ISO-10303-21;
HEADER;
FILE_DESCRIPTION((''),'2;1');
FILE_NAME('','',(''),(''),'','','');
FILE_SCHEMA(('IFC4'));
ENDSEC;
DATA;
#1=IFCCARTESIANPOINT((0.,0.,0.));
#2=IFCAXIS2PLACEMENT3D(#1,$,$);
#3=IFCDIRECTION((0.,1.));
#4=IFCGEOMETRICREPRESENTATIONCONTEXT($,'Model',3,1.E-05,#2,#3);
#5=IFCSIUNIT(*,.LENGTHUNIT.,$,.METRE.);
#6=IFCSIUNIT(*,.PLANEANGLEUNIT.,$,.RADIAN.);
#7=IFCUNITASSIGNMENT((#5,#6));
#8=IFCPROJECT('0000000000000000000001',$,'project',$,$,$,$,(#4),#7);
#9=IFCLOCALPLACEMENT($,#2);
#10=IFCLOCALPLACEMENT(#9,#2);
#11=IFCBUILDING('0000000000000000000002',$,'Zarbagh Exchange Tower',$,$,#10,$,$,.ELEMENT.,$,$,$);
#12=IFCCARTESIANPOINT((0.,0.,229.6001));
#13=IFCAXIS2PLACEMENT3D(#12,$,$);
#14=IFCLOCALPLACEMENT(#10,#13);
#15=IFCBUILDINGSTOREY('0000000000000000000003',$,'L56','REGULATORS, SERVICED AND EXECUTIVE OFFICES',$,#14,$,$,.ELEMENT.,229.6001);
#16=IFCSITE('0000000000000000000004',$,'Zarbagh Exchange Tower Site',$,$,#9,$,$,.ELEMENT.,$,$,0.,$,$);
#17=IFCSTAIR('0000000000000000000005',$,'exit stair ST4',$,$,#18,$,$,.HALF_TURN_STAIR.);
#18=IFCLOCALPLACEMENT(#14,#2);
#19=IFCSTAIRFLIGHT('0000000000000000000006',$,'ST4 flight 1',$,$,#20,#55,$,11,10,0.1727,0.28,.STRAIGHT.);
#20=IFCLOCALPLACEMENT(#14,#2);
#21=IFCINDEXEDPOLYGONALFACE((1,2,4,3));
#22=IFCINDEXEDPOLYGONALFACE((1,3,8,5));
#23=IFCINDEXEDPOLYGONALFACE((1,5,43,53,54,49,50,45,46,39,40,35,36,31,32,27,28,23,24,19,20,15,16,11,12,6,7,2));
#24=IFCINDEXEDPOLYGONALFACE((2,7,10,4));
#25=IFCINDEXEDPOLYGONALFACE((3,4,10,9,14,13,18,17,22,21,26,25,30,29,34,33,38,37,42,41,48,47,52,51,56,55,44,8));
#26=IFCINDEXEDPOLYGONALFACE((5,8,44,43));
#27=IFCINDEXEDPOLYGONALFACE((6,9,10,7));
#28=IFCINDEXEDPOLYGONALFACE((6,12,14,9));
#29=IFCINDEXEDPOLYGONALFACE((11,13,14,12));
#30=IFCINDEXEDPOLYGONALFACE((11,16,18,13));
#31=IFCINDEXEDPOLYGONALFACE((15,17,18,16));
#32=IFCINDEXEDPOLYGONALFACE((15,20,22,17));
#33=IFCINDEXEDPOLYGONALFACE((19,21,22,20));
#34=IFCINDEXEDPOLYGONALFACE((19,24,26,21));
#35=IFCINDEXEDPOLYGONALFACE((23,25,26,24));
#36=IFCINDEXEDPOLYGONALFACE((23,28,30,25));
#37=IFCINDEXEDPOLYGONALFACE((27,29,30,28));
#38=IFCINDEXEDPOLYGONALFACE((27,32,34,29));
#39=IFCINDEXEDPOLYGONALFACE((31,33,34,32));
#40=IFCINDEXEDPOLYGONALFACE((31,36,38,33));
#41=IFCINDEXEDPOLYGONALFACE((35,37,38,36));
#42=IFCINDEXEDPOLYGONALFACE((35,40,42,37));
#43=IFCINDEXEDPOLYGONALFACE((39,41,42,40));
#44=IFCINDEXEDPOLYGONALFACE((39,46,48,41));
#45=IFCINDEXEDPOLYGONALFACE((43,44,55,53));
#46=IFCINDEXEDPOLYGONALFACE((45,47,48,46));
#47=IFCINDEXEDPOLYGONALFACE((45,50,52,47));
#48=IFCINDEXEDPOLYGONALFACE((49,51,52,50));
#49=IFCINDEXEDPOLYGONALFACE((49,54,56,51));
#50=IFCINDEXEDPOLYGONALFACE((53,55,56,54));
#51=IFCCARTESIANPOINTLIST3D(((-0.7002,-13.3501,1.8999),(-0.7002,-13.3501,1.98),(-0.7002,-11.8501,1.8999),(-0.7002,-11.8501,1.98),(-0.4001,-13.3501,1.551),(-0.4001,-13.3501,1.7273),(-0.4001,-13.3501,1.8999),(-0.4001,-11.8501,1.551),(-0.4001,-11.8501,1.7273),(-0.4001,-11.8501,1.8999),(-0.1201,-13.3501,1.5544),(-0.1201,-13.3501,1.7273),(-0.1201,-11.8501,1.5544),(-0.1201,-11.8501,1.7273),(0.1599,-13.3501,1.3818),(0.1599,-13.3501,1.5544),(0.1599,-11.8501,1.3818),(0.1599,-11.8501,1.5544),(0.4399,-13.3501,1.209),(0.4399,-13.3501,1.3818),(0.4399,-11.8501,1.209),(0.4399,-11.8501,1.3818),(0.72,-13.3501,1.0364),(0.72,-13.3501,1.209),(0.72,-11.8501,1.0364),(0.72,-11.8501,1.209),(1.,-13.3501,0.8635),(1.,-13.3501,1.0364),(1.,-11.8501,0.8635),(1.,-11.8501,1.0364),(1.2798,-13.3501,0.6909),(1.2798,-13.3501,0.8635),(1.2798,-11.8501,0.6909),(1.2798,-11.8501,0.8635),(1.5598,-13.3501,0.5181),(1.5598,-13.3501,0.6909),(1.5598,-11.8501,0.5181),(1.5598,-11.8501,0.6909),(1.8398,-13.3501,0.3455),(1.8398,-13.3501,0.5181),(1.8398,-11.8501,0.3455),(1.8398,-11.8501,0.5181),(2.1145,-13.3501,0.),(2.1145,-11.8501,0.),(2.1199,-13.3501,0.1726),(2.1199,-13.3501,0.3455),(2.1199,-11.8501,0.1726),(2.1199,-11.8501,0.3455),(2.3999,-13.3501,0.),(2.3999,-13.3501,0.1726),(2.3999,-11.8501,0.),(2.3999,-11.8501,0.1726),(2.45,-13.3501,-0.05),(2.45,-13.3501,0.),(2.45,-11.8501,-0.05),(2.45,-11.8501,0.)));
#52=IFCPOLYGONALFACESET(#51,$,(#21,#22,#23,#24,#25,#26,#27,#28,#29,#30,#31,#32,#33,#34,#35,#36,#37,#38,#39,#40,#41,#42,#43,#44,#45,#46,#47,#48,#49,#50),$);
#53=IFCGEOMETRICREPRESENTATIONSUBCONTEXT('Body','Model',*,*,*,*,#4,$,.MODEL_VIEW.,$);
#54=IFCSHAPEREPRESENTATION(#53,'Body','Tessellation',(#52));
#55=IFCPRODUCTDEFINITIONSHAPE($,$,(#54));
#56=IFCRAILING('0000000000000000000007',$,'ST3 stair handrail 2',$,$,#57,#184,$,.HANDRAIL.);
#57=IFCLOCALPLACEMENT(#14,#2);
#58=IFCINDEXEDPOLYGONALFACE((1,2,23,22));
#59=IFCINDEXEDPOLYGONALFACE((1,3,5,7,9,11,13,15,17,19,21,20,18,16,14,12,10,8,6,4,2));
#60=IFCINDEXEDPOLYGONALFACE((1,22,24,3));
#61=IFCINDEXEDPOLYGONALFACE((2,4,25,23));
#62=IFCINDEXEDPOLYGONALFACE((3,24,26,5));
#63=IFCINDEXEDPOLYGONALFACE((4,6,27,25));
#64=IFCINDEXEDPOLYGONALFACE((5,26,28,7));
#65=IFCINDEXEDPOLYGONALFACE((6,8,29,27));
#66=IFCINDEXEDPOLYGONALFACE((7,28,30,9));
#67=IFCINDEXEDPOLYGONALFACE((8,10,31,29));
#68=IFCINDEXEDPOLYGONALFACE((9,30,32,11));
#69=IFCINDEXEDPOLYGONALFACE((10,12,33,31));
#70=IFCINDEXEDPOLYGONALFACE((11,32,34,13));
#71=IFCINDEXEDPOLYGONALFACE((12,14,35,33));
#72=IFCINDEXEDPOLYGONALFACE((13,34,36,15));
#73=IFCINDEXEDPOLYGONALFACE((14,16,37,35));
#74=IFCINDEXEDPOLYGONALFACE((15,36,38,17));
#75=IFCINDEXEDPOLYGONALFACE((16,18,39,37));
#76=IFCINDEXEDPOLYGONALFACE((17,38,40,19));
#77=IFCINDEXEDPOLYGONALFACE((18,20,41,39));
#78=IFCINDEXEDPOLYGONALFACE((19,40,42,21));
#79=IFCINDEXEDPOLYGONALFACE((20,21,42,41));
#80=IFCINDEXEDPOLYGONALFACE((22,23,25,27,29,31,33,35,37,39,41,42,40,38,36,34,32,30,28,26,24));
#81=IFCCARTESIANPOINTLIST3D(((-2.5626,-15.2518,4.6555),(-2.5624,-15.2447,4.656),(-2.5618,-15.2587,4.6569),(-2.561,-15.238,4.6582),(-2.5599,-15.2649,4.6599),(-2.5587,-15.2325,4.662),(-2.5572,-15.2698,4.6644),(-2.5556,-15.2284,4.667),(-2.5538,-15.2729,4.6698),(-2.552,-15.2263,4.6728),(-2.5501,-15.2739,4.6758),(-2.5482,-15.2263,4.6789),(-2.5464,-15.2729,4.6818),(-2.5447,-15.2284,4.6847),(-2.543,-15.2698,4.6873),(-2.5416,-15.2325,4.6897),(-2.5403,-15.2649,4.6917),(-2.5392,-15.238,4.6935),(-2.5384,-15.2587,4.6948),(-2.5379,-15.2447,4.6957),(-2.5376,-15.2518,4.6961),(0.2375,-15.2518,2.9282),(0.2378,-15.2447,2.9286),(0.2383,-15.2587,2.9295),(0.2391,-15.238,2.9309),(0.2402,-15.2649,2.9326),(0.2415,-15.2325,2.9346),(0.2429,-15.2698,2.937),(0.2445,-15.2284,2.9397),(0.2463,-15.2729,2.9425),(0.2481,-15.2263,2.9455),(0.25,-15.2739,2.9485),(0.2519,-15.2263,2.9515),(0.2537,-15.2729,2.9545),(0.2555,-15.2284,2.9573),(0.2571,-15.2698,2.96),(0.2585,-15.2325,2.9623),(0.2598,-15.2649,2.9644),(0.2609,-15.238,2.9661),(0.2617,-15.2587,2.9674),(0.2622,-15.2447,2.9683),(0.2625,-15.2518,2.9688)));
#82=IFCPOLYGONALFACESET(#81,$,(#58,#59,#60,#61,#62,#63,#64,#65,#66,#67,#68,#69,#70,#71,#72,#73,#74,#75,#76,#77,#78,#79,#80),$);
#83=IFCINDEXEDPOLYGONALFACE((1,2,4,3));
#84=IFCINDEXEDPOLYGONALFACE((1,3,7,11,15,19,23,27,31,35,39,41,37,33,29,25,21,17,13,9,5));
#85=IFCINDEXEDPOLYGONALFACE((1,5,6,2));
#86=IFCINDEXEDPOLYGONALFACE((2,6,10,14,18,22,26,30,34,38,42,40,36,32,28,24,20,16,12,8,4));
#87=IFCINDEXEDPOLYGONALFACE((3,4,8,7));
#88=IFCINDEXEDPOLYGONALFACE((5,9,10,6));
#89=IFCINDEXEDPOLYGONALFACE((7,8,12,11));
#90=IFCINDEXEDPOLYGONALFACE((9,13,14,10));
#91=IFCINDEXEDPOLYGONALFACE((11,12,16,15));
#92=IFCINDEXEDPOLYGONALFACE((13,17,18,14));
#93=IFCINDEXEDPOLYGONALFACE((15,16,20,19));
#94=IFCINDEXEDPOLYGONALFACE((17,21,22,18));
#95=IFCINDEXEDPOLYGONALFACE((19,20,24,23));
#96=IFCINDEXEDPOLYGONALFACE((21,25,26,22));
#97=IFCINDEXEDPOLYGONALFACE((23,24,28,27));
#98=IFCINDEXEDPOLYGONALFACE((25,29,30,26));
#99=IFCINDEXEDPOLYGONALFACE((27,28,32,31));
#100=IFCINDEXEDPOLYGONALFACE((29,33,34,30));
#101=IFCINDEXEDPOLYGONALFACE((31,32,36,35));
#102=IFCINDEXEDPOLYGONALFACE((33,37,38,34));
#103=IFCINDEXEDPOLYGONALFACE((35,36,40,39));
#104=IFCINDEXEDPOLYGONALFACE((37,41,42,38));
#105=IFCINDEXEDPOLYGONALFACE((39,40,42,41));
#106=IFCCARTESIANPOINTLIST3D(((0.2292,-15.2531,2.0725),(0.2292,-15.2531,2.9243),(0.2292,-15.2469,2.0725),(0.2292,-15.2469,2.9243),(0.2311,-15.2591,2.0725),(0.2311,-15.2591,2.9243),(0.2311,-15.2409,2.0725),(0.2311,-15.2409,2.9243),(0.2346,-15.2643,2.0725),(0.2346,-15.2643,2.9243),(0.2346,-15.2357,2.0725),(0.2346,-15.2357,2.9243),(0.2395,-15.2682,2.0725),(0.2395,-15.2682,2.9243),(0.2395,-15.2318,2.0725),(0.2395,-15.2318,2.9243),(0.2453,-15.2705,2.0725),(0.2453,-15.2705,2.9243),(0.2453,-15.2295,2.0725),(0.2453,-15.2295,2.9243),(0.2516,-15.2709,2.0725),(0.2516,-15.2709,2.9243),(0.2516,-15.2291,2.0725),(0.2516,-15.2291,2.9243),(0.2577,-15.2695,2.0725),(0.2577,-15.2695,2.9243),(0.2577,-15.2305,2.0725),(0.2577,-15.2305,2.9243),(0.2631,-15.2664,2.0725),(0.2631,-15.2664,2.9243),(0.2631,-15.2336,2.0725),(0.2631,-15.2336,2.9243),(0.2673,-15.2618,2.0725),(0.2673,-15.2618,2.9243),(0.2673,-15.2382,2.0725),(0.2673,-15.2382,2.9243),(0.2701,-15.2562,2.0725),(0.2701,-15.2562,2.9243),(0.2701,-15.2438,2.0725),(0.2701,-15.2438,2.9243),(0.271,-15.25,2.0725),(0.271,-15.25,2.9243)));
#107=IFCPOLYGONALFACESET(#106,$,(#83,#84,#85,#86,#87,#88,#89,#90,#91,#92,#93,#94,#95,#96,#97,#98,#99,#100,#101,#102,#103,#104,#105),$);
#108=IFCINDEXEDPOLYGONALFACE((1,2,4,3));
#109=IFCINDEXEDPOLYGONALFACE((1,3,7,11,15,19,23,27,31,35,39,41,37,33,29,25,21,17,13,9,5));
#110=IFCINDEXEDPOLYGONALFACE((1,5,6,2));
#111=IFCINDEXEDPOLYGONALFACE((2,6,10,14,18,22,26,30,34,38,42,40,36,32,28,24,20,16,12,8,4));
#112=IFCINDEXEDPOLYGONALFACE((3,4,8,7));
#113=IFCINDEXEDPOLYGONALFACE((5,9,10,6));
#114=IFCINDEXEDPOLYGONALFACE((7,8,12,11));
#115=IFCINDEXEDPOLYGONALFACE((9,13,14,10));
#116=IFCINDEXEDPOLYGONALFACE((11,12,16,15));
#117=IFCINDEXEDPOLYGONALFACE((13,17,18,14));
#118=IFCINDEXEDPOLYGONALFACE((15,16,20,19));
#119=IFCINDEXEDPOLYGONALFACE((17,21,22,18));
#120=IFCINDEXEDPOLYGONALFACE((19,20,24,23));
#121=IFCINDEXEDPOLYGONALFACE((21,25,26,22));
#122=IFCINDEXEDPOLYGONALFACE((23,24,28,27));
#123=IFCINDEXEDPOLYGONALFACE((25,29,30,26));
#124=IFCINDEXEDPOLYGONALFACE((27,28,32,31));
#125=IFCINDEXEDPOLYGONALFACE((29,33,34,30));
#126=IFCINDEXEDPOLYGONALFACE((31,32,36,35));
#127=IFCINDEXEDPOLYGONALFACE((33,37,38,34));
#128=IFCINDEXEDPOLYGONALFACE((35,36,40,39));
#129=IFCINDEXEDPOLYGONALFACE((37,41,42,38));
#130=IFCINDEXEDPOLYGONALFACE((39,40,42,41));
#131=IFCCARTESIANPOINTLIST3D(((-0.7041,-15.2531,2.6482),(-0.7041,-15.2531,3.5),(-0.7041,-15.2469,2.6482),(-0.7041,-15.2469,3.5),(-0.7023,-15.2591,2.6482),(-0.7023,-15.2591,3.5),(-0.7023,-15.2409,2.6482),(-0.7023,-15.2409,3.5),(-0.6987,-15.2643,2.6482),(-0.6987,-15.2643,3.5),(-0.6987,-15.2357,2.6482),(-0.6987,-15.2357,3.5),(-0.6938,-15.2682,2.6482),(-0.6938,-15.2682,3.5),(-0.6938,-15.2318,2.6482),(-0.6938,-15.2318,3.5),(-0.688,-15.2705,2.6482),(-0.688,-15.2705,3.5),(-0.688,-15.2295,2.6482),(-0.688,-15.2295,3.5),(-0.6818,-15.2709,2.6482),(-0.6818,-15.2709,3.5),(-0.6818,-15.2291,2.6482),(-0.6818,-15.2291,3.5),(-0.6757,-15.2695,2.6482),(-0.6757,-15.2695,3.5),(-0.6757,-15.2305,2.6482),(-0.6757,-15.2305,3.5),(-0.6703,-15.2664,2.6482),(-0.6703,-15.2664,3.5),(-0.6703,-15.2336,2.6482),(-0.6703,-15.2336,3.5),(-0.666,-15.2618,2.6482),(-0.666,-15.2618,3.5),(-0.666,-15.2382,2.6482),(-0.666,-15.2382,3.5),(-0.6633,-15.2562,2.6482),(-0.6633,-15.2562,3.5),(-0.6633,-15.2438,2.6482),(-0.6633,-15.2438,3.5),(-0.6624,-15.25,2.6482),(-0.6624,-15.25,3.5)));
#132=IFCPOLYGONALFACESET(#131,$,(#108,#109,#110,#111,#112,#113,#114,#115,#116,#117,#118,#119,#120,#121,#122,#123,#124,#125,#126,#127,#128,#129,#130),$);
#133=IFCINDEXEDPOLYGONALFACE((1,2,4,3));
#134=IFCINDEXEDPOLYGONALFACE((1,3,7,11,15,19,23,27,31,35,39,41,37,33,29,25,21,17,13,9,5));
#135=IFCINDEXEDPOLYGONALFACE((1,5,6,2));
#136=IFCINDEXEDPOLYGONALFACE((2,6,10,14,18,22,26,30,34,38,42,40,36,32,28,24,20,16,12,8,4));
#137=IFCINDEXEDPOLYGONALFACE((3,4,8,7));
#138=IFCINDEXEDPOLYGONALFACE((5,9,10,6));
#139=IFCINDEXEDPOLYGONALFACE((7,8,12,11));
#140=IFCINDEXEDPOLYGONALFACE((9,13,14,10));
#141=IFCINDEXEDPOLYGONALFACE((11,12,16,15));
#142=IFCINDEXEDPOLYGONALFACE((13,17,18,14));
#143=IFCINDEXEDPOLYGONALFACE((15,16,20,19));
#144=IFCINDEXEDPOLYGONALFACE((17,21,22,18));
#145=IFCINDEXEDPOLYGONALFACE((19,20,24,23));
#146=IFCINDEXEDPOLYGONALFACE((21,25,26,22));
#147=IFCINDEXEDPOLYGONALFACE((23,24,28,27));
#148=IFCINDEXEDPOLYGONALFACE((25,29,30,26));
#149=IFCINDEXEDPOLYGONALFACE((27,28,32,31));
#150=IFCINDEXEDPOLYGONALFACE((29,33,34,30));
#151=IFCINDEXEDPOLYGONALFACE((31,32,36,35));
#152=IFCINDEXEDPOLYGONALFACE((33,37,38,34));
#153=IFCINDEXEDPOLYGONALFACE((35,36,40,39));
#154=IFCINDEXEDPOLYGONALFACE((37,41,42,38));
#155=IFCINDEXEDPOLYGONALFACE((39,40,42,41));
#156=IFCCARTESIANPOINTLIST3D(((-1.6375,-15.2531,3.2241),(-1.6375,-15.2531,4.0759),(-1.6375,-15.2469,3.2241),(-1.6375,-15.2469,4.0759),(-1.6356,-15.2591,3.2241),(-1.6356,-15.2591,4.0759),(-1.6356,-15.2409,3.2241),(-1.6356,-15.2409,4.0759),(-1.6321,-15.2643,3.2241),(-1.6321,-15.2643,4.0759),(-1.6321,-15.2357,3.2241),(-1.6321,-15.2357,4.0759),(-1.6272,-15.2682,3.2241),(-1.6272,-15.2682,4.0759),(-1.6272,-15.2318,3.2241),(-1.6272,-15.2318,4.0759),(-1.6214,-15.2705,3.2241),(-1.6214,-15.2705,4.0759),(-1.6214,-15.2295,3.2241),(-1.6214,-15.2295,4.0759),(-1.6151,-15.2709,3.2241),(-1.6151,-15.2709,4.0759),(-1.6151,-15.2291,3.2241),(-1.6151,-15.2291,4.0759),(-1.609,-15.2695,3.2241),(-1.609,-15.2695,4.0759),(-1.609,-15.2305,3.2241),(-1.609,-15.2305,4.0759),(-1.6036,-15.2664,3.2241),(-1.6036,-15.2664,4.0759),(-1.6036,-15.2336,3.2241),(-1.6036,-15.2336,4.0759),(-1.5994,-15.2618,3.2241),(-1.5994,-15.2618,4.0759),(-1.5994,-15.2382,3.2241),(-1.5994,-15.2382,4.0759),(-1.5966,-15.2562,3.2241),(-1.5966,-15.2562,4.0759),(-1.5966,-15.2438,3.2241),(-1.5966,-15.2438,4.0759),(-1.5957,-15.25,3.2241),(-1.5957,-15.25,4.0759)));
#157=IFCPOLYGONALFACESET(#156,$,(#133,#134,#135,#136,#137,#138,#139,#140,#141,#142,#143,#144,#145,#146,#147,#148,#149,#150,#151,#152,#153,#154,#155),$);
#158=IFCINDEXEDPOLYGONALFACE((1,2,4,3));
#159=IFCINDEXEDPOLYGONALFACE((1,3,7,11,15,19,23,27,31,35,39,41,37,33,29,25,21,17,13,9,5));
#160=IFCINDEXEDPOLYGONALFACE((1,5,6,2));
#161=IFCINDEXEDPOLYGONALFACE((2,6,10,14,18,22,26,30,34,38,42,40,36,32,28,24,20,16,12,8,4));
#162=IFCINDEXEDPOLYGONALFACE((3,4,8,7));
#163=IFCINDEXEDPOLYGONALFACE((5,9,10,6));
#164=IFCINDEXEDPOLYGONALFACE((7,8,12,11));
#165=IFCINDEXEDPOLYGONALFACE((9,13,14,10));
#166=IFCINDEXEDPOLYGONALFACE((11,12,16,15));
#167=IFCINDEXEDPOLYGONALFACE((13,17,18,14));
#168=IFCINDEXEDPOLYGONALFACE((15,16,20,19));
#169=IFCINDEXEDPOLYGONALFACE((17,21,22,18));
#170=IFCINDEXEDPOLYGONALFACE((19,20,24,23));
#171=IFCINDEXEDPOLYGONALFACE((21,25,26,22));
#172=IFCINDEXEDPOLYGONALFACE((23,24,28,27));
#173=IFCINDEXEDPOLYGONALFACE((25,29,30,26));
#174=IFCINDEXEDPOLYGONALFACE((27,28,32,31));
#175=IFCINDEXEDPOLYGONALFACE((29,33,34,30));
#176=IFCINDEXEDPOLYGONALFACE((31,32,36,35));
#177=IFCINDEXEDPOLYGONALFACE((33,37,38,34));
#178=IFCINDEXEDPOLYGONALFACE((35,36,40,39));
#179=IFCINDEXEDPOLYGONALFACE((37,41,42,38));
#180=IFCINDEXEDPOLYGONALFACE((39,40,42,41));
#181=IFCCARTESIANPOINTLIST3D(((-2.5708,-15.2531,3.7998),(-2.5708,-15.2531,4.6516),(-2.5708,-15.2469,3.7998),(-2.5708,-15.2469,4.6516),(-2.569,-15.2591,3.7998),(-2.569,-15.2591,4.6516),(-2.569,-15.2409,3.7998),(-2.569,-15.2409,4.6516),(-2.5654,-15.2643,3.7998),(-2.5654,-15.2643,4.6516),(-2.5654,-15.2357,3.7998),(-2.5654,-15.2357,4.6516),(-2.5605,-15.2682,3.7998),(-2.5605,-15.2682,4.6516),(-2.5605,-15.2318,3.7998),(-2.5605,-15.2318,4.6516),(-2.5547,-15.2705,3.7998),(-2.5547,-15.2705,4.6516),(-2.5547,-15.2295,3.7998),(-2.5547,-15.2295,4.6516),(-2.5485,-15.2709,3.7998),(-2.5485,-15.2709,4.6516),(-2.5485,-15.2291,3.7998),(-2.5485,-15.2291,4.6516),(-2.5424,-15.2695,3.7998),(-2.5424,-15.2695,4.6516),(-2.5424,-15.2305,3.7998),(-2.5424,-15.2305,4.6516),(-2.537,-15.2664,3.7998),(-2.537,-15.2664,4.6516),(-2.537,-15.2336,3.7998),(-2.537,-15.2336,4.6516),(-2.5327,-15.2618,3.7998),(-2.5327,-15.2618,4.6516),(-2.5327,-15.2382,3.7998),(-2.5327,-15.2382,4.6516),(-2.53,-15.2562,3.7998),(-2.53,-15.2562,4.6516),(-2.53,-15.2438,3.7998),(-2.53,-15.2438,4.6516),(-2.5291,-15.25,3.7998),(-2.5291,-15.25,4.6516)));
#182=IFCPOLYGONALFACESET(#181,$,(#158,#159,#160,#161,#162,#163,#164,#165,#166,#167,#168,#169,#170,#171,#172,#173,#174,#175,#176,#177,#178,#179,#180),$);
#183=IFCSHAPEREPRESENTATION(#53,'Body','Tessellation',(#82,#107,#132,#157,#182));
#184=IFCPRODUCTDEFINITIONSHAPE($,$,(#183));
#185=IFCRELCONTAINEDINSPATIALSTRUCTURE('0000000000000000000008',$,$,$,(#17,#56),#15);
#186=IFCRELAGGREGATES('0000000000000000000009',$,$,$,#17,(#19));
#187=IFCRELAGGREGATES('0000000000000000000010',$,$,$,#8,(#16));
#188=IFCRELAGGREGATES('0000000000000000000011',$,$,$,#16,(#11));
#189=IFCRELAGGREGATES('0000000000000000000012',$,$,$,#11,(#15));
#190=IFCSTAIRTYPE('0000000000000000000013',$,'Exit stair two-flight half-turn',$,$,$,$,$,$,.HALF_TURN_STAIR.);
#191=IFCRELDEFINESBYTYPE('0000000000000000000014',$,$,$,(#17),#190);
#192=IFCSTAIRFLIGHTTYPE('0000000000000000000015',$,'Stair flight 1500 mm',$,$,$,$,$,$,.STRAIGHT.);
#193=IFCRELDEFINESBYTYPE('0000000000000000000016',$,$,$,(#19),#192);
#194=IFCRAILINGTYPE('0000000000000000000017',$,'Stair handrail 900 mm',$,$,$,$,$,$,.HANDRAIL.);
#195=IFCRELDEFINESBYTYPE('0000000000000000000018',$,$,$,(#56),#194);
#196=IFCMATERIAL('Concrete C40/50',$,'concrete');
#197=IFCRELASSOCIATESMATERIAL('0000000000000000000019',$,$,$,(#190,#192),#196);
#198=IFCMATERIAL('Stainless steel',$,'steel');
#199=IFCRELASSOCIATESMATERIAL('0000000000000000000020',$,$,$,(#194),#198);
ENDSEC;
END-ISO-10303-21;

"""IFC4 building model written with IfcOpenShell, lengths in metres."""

from ifc_helpers import new_model, si_unit, direction, frame, origin, origin_2d, place, context, subcontext, project, spatial, polyline, circle, outline, extrude, material, type_object, element, aggregate, save


model = new_model("IFC4")

# Units and contexts
model_context = context("Model", 3, precision=1e-05, world=origin(), true_north=direction((0.0, 1.0)))
body_context = subcontext(model_context, "Body", "Model", "MODEL_VIEW")
ifc_project = project(units=[si_unit("LENGTHUNIT", "METRE"), si_unit("PLANEANGLEUNIT", "RADIAN")], contexts=[model_context])

# Site, building, storey
site_placement = place(None, origin())
site = spatial("IfcSite", under=ifc_project, at=site_placement, Name="Zarbagh Exchange Tower Site", CompositionType="ELEMENT", RefElevation=0.0)
building_placement = place(site_placement, origin())
building = spatial("IfcBuilding", under=site, at=building_placement, Name="Zarbagh Exchange Tower", CompositionType="ELEMENT")
storey_placement = place(building_placement, frame((0.0, 0.0, 229.6001)))
storey = spatial("IfcBuildingStorey", under=building, at=storey_placement, Name="L56", Description="REGULATORS, SERVICED AND EXECUTIVE OFFICES", CompositionType="ELEMENT", Elevation=229.6001)

# Shared definitions
ifc_material_1 = material(Name="Stainless steel", Category="steel")

# Shared definitions
ifc_material_2 = material(Name="Concrete C40/50", Category="concrete")

# Stair, stair flight
stair_type = type_object("IfcStairType", Name="Exit stair two-flight half-turn", PredefinedType="HALF_TURN_STAIR", material=ifc_material_2)
stair_1_placement = place(storey_placement, origin())
stair_1 = element("IfcStair", 1, at=stair_1_placement, inside=storey, type_object=stair_type, Name="exit stair ST4", PredefinedType="HALF_TURN_STAIR")
stair_flight_type_1 = type_object("IfcStairFlightType", Name="Stair flight 1500 mm", PredefinedType="STRAIGHT", material=ifc_material_2)
stair_flight_1_placement = place(storey_placement, frame((2.3999, -12.6001, 0.0), z_axis=(0.0, 0.0, 1.0), x_axis=(-1.0, 0.0, 0.0)))
stair_flight_1 = element("IfcStairFlight", 2, at=stair_flight_1_placement, type_object=stair_flight_type_1, Name="ST4 flight 1", NumberOfRisers=11, NumberOfTreads=10, PredefinedType="STRAIGHT", RiserHeight=0.1727, TreadLength=0.28, context=body_context, shape_type="SweptSolid", body=[
    extrude(outline(polyline([(-0.05, -0.05), (-0.05, 0.0), (0.0, 0.0), (0.0, 0.1726), (0.28, 0.1726), (0.28, 0.3455), (0.5601, 0.3455), (0.5601, 0.5181), (0.8401, 0.5181), (0.8401, 0.6909), (1.1201, 0.6909), (1.1201, 0.8635), (1.3999, 0.8635), (1.3999, 1.0364), (1.6799, 1.0364), (1.6799, 1.209), (1.96, 1.209), (1.96, 1.3818), (2.24, 1.3818), (2.24, 1.5544), (2.52, 1.5544), (2.52, 1.7273), (2.8, 1.7273), (2.8, 1.8999), (3.1001, 1.98), (3.1001, 1.8999), (2.8, 1.551), (0.2854, 0.0), (-0.05, -0.05)])), frame((0.0, 0.75, 0.0), z_axis=(0.0, -1.0, 0.0), x_axis=(1.0, 0.0, 0.0)), (0.0, 0.0, 1.0), 1.5),
])
aggregate(stair_1, [stair_flight_1])

# Railing
railing_type_1 = type_object("IfcRailingType", Name="Stair handrail 900 mm", PredefinedType="HANDRAIL", material=ifc_material_1)
railing_1_placement = place(storey_placement, frame((0.25, -15.25, 2.0725)))
element("IfcRailing", 3, at=railing_1_placement, inside=storey, type_object=railing_type_1, Name="ST3 stair handrail 2", PredefinedType="HANDRAIL", context=body_context, shape_type="SweptSolid", body=[
    extrude(circle(Radius=0.0239, at=origin_2d()), frame((0.0, 0.0, 0.876), z_axis=(-0.85109, 0.0, 0.52502), x_axis=(0.0, -1.0, 0.0)), (0.0, 0.0, 1.0), 3.29),
    extrude(circle(Radius=0.021, at=origin_2d()), origin(), (0.0, 0.0, 1.0), 0.8518),
    extrude(circle(Radius=0.021, at=origin_2d()), frame((-0.9333, 0.0, 0.5757)), (0.0, 0.0, 1.0), 0.8518),
    extrude(circle(Radius=0.021, at=origin_2d()), frame((-1.8667, 0.0, 1.1516)), (0.0, 0.0, 1.0), 0.8518),
    extrude(circle(Radius=0.021, at=origin_2d()), frame((-2.8, 0.0, 1.7273)), (0.0, 0.0, 1.0), 0.8518),
])

save(model, "model.ifc")
